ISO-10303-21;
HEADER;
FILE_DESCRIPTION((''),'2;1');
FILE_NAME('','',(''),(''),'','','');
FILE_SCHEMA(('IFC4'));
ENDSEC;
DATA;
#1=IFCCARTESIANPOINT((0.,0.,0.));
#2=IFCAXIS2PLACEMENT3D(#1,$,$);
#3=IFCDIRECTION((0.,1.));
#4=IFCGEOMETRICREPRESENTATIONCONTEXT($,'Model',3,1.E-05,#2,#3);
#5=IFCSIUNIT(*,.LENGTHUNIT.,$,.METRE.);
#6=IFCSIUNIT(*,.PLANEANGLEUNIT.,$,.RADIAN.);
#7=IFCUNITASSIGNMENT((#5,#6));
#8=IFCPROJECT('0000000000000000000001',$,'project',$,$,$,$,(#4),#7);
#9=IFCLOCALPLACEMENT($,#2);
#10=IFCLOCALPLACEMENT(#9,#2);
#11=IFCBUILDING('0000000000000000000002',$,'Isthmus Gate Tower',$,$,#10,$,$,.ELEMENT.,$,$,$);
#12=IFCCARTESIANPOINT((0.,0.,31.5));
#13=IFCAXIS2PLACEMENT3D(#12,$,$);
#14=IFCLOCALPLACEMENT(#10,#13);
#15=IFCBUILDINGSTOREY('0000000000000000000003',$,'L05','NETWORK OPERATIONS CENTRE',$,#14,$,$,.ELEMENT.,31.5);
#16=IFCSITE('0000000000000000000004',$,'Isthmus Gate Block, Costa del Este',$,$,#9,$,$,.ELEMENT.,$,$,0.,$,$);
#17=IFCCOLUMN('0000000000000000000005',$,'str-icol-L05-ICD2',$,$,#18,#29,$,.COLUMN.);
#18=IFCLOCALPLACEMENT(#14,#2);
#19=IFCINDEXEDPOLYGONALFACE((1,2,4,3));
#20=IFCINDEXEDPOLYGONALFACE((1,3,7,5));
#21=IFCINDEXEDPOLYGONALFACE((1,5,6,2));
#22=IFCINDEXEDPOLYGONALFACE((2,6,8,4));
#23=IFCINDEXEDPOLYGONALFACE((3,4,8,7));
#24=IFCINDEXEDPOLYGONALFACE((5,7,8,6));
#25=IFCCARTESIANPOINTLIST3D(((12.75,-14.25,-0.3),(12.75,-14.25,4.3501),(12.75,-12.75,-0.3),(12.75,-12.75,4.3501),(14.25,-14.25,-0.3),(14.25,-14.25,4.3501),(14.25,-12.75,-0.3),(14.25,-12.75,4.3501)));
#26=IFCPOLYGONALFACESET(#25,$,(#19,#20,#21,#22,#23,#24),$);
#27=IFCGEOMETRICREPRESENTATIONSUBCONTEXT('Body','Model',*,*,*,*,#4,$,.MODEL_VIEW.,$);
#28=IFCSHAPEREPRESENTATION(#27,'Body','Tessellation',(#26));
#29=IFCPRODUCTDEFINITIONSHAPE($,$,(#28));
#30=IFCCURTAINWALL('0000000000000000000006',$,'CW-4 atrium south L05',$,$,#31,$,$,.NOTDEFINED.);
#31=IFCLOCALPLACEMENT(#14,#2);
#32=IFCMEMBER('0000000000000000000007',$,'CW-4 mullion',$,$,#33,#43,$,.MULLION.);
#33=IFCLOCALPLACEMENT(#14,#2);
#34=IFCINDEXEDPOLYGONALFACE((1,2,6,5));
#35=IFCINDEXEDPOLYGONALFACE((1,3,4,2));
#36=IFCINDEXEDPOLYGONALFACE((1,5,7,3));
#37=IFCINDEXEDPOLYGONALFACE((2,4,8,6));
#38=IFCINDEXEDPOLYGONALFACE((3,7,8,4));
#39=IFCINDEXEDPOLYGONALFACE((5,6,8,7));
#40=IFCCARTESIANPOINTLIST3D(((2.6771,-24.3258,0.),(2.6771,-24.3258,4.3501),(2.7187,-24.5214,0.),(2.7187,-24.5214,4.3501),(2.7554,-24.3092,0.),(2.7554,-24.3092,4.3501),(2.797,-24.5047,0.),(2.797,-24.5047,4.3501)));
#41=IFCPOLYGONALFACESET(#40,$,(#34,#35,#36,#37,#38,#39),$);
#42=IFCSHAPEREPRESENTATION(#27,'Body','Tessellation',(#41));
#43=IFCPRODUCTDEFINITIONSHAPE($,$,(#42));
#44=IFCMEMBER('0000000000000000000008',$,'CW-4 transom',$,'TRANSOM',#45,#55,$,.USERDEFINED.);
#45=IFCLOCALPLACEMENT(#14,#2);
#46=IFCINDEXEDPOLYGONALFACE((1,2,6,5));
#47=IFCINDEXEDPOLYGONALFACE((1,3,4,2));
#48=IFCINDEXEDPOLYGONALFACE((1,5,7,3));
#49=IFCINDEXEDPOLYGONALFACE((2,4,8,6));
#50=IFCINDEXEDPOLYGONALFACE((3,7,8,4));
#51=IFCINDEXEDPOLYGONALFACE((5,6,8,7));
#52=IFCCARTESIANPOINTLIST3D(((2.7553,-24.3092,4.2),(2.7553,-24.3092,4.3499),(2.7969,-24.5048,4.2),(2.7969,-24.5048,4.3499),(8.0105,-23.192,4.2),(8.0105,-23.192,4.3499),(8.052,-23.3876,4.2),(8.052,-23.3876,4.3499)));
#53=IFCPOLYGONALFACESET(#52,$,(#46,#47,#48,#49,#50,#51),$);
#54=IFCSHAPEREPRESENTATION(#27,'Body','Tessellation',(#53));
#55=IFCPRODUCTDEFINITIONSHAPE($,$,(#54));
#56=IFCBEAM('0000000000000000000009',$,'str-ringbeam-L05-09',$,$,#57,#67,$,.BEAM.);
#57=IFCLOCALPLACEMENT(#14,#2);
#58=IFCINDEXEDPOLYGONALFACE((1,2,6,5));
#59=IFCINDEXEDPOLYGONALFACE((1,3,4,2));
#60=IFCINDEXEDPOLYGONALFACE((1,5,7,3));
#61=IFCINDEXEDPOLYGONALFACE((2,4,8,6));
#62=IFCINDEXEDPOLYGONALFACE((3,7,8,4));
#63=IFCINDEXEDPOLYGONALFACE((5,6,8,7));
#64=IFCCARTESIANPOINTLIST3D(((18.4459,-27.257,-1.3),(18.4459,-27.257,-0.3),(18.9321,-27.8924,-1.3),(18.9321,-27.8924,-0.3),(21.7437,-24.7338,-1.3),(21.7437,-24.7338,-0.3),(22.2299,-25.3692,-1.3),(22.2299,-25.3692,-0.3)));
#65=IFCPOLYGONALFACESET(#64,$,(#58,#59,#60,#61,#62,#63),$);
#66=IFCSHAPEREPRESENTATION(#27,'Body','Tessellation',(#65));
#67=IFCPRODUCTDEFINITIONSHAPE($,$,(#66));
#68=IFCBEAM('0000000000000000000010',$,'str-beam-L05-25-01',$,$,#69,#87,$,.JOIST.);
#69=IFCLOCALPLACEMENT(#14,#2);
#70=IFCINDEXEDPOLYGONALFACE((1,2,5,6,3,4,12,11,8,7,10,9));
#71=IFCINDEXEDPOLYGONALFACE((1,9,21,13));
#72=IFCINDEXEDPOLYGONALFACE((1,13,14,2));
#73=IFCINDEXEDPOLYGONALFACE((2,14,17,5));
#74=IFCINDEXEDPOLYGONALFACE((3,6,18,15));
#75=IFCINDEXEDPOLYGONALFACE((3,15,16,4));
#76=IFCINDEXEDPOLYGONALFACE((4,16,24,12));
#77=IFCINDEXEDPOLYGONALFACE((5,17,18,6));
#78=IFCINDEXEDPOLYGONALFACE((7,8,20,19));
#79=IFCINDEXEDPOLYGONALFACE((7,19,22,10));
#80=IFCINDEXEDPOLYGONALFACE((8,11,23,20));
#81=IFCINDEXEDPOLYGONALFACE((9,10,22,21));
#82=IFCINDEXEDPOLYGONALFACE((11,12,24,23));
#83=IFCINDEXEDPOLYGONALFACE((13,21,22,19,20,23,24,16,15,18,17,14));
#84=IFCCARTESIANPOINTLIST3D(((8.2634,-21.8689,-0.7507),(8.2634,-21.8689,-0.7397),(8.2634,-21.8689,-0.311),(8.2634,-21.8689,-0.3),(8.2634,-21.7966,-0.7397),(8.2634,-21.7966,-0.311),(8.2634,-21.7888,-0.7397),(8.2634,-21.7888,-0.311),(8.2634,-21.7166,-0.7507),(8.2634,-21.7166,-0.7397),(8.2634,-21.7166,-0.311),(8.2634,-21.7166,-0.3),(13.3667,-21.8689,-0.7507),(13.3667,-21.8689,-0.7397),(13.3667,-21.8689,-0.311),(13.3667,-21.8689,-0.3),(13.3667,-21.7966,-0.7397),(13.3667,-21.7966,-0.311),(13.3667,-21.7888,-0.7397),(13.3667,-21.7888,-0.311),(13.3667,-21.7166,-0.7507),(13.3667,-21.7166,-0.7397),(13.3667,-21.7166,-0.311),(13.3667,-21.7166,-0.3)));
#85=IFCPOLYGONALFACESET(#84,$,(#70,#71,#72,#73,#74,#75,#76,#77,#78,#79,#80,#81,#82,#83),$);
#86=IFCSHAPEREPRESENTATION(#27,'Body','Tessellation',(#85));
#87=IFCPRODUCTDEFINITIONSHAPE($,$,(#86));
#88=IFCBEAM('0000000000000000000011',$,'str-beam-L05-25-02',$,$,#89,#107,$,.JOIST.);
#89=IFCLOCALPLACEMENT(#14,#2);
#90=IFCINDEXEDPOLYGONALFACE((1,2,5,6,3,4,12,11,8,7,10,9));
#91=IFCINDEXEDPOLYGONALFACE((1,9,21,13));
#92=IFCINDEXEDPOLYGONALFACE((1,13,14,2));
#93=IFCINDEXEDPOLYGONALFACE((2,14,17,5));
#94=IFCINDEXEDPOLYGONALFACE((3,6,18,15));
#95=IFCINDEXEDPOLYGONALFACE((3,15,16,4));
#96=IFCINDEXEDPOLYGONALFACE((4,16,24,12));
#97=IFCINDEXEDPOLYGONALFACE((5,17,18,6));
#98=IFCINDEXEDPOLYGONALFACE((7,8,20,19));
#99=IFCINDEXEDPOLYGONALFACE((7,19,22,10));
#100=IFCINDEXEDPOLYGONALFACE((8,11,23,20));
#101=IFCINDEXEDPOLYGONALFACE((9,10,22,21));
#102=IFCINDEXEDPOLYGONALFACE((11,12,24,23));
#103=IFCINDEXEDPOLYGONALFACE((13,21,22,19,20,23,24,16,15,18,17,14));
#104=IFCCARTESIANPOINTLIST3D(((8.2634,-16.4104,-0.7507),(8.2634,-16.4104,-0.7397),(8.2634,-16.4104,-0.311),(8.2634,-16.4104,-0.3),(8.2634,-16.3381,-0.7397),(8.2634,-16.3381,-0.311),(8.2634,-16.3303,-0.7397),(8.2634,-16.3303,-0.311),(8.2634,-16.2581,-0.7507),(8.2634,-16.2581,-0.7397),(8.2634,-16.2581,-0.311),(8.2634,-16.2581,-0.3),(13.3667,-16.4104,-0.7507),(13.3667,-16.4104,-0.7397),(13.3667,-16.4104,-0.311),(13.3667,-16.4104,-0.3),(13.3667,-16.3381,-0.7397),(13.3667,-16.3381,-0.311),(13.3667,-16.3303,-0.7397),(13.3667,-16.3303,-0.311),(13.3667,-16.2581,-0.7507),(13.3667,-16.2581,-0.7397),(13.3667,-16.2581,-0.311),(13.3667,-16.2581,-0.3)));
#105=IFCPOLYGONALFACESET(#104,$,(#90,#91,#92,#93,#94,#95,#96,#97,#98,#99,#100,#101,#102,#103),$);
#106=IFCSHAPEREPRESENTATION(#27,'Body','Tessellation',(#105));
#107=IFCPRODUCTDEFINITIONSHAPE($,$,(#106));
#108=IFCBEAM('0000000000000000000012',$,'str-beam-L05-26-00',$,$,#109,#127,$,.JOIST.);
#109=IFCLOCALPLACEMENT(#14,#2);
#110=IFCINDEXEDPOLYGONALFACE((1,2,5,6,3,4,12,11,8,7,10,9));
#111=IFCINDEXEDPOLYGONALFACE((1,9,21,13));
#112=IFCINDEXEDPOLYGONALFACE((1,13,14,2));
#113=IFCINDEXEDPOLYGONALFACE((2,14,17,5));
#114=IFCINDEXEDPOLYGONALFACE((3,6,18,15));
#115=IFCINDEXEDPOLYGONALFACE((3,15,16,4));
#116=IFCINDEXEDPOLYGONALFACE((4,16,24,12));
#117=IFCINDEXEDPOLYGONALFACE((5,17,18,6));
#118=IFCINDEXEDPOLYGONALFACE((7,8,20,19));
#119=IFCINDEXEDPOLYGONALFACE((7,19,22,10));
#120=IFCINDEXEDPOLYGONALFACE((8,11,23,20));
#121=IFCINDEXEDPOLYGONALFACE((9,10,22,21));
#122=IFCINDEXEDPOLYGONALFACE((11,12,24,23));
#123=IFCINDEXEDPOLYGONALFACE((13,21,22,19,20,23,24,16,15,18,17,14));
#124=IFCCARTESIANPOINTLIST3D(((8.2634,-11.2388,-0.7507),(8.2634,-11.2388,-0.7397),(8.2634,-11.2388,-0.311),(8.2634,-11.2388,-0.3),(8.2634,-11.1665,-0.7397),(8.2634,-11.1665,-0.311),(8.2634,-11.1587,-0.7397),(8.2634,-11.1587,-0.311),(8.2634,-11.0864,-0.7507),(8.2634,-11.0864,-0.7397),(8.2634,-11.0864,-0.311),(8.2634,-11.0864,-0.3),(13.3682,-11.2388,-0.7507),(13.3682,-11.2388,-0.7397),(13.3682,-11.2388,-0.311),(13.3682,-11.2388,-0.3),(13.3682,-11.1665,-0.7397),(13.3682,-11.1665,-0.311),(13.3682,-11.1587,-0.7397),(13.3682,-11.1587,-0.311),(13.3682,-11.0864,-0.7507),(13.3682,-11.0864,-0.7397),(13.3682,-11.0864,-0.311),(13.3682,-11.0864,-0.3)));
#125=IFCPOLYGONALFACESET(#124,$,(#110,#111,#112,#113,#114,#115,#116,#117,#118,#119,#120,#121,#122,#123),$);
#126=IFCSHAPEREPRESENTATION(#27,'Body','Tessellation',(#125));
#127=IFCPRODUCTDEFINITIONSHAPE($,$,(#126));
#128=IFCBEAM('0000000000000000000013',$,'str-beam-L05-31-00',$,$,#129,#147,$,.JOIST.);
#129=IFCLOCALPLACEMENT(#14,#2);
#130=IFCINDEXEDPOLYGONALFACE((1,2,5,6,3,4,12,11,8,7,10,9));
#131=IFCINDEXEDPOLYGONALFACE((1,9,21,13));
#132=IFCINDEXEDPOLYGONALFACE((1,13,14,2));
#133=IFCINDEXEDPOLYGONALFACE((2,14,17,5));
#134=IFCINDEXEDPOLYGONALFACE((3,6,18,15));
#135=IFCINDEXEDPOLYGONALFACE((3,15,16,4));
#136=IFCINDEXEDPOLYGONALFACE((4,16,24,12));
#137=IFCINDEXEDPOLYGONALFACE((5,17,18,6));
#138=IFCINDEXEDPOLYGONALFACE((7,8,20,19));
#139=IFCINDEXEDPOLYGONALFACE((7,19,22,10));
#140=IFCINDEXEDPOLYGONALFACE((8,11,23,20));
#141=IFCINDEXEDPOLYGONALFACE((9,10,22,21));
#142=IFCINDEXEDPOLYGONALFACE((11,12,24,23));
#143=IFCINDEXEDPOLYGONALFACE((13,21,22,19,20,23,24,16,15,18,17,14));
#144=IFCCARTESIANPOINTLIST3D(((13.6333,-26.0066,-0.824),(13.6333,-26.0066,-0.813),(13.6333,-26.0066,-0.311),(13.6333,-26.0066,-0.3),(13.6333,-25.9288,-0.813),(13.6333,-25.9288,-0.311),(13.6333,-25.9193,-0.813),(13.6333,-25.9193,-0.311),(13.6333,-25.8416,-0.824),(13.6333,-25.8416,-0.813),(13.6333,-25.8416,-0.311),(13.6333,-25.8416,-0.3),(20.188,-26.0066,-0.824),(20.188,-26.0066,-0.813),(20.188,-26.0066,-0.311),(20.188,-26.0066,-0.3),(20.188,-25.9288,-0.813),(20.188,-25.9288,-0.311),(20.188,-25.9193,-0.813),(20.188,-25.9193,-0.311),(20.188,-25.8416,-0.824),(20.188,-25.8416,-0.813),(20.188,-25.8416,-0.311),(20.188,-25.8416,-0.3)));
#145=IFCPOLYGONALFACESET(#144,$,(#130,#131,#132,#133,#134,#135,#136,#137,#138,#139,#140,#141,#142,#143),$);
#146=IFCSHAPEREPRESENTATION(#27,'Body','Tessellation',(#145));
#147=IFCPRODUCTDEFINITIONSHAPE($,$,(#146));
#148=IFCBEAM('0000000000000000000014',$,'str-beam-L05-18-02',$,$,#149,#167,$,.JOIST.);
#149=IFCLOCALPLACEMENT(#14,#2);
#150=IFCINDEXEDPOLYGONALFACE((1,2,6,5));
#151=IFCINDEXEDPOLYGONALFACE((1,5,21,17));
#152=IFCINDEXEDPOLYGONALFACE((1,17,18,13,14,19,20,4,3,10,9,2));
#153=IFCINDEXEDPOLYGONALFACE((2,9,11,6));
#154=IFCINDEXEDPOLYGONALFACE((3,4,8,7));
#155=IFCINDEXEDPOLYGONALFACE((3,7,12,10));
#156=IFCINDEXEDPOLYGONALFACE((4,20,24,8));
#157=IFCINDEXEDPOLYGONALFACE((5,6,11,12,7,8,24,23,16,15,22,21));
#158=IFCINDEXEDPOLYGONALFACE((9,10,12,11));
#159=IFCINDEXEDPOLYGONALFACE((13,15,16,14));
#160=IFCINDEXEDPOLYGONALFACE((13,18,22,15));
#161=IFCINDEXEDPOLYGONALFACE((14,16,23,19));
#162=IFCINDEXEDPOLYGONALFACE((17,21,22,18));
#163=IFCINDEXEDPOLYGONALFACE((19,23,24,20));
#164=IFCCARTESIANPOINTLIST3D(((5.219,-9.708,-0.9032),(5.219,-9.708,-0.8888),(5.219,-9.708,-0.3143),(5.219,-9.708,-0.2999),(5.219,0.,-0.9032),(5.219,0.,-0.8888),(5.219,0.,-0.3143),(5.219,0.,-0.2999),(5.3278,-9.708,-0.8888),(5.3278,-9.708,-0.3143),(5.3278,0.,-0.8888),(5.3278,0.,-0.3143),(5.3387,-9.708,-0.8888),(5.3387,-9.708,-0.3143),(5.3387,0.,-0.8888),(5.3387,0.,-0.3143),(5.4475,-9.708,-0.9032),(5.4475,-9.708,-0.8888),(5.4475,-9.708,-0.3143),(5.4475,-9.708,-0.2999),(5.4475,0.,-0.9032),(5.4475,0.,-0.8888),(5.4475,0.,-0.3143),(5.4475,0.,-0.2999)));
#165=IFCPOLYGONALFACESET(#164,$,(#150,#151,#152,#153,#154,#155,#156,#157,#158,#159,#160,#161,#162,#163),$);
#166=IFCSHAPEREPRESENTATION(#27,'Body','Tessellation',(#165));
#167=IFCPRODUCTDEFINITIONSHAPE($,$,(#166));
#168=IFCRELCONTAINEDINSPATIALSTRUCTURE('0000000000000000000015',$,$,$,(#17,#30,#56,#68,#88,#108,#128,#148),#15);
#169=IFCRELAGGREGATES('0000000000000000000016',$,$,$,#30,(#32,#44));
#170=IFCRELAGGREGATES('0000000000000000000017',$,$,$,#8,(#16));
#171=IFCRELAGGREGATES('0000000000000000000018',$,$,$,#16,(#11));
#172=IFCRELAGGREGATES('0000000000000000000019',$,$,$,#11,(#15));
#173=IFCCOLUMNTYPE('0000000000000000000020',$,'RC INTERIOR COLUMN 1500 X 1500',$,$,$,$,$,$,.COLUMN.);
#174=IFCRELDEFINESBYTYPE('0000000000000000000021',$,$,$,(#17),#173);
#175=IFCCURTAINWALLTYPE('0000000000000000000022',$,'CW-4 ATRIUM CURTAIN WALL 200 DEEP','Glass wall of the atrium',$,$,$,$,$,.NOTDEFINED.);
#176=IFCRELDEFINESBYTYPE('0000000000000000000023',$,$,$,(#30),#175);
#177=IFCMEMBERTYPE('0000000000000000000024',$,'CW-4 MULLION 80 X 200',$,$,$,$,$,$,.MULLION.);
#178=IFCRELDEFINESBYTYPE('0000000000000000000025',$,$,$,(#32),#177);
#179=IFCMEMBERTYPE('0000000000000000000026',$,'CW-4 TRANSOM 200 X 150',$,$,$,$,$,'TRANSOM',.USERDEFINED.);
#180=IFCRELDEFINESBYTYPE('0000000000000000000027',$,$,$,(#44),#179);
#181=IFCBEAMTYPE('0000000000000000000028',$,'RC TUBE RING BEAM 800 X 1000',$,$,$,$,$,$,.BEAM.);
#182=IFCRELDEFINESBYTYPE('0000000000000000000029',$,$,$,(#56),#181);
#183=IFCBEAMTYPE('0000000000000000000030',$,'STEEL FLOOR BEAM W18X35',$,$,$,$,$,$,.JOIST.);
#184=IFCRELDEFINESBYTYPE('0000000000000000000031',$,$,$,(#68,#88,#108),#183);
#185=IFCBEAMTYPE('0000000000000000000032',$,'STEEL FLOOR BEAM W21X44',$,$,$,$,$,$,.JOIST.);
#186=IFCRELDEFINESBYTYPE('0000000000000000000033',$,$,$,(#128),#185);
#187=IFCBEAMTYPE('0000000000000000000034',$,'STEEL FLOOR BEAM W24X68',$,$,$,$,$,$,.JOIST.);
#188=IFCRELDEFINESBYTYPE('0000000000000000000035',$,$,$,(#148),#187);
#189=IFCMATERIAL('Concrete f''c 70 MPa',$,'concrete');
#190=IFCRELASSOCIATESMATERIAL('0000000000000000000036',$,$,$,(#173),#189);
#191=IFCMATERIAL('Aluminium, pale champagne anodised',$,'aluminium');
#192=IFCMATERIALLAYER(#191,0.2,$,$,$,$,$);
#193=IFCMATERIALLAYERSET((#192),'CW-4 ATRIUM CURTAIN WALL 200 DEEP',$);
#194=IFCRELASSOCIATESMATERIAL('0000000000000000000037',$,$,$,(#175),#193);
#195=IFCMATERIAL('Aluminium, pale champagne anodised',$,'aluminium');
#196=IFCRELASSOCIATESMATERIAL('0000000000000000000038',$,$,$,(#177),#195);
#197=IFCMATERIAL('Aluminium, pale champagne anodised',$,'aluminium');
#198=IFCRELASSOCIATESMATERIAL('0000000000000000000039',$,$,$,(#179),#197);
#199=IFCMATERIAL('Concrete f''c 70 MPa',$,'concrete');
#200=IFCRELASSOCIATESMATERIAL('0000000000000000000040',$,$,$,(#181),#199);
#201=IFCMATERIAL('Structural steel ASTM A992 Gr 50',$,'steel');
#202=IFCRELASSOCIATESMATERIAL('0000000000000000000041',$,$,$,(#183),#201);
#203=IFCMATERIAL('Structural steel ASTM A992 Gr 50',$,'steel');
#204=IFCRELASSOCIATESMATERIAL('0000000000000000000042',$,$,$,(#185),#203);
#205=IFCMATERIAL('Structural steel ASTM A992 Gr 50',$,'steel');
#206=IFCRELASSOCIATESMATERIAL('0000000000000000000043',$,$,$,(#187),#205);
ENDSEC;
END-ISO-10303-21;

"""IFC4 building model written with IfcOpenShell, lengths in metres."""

from ifc_helpers import new_model, si_unit, direction, frame, origin, origin_2d, place, context, subcontext, project, spatial, rectangle, i_section, extrude, material, layer, layer_set, material_profile, profile_set, type_object, element, aggregate, save


model = new_model("IFC4")

# Units and contexts
model_context = context("Model", 3, precision=1e-05, world=origin(), true_north=direction((0.0, 1.0)))
body_context = subcontext(model_context, "Body", "Model", "MODEL_VIEW")
ifc_project = project(units=[si_unit("LENGTHUNIT", "METRE"), si_unit("PLANEANGLEUNIT", "RADIAN")], contexts=[model_context])

# Site, building, storey
site_placement = place(None, origin())
site = spatial("IfcSite", under=ifc_project, at=site_placement, Name="Isthmus Gate Block, Costa del Este", CompositionType="ELEMENT", RefElevation=0.0)
building_placement = place(site_placement, origin())
building = spatial("IfcBuilding", under=site, at=building_placement, Name="Isthmus Gate Tower", CompositionType="ELEMENT")
storey_placement = place(building_placement, frame((0.0, 0.0, 31.5)))
storey = spatial("IfcBuildingStorey", under=building, at=storey_placement, Name="L05", Description="NETWORK OPERATIONS CENTRE", CompositionType="ELEMENT", Elevation=31.5)

# Column
ifc_material_1 = material(Name="Concrete f'c 70 MPa", Category="concrete")
ifc_material_profile_1 = material_profile(ifc_material_1, rectangle(XDim=1.5, YDim=1.5, at=origin_2d()), Name="RC 1500X1500")
ifc_profile_set_1 = profile_set([ifc_material_profile_1], Name="Concrete f'c 70 MPa")
column_type = type_object("IfcColumnType", Name="RC INTERIOR COLUMN 1500 X 1500", PredefinedType="COLUMN", material=ifc_profile_set_1)
column_placement = place(storey_placement, frame((13.5, -13.5, -0.3), z_axis=(0.0, 0.0, 1.0), x_axis=(1.0, 0.0, 0.0)))
element("IfcColumn", 1, at=column_placement, inside=storey, type_object=column_type, Name="str-icol-L05-ICD2", PredefinedType="COLUMN", context=body_context, shape_type="SweptSolid", body=[
    extrude(rectangle(XDim=1.5, YDim=1.5, at=origin_2d()), origin(), (0.0, 0.0, 1.0), 4.6501),
])

# Curtain wall, members
ifc_material_2 = material(Name="Aluminium, pale champagne anodised", Category="aluminium")
ifc_layer_1 = layer(ifc_material_2, 0.2)
ifc_layer_set_1 = layer_set([ifc_layer_1], Name="CW-4 ATRIUM CURTAIN WALL 200 DEEP")
curtain_wall_type = type_object("IfcCurtainWallType", Name="CW-4 ATRIUM CURTAIN WALL 200 DEEP", Description="Glass wall of the atrium", PredefinedType="NOTDEFINED", material=ifc_layer_set_1)
curtain_wall_placement = place(storey_placement, origin())
curtain_wall = element("IfcCurtainWall", 2, at=curtain_wall_placement, inside=storey, type_object=curtain_wall_type, Name="CW-4 atrium south L05", PredefinedType="NOTDEFINED")
ifc_material_3 = material(Name="Aluminium, pale champagne anodised", Category="aluminium")
ifc_material_profile_2 = material_profile(ifc_material_3, rectangle(XDim=0.0801, YDim=0.2, at=origin_2d()), Name="80x200")
ifc_profile_set_2 = profile_set([ifc_material_profile_2], Name="Aluminium, pale champagne anodised")
member_type_1 = type_object("IfcMemberType", Name="CW-4 MULLION 80 X 200", PredefinedType="MULLION", material=ifc_profile_set_2)
member_1_placement = place(storey_placement, frame((2.7371, -24.4153, 0.0), z_axis=(0.0, 0.0, 1.0), x_axis=(0.978148, 0.207912, 0.0)))
member_1 = element("IfcMember", 3, at=member_1_placement, type_object=member_type_1, Name="CW-4 mullion", PredefinedType="MULLION", context=body_context, shape_type="SweptSolid", body=[
    extrude(rectangle(XDim=0.0801, YDim=0.2, at=origin_2d()), origin(), (0.0, 0.0, 1.0), 4.3501),
])
ifc_material_4 = material(Name="Aluminium, pale champagne anodised", Category="aluminium")
ifc_material_profile_3 = material_profile(ifc_material_4, rectangle(XDim=0.2, YDim=0.1499, at=origin_2d()), Name="200x150")
ifc_profile_set_3 = profile_set([ifc_material_profile_3], Name="Aluminium, pale champagne anodised")
member_type_2 = type_object("IfcMemberType", Name="CW-4 TRANSOM 200 X 150", ElementType="TRANSOM", PredefinedType="USERDEFINED", material=ifc_profile_set_3)
member_2_placement = place(storey_placement, frame((2.7761, -24.407, 4.2749), z_axis=(0.978141, 0.207943, 0.0), x_axis=(-0.207943, 0.978141, 0.0)))
member_2 = element("IfcMember", 4, at=member_2_placement, type_object=member_type_2, Name="CW-4 transom", ObjectType="TRANSOM", PredefinedType="USERDEFINED", context=body_context, shape_type="SweptSolid", body=[
    extrude(rectangle(XDim=0.2, YDim=0.1499, at=origin_2d()), origin(), (0.0, 0.0, 1.0), 5.3726),
])

# Beams
ifc_material_5 = material(Name="Concrete f'c 70 MPa", Category="concrete")
ifc_material_profile_4 = material_profile(ifc_material_5, rectangle(XDim=0.8, YDim=1.0, at=origin_2d()), Name="RC 800X1000")
ifc_profile_set_4 = profile_set([ifc_material_profile_4], Name="Concrete f'c 70 MPa")
beam_type_1 = type_object("IfcBeamType", Name="RC TUBE RING BEAM 800 X 1000", PredefinedType="BEAM", material=ifc_profile_set_4)
beam_1_placement = place(storey_placement, frame((21.9868, -25.0515, -0.8), z_axis=(-0.794206, -0.607649, 0.0), x_axis=(0.607649, -0.794206, 0.0)))
element("IfcBeam", 5, at=beam_1_placement, inside=storey, type_object=beam_type_1, Name="str-ringbeam-L05-09", PredefinedType="BEAM", context=body_context, shape_type="SweptSolid", body=[
    extrude(rectangle(XDim=0.8, YDim=1.0, at=origin_2d()), origin(), (0.0, 0.0, 1.0), 4.1523),
])
ifc_material_6 = material(Name="Structural steel ASTM A992 Gr 50", Category="steel")
ifc_material_profile_5 = material_profile(ifc_material_6, i_section(OverallWidth=0.1523, OverallDepth=0.4507, WebThickness=0.0078, FlangeThickness=0.011, at=origin_2d()), Name="W18X35")
ifc_profile_set_5 = profile_set([ifc_material_profile_5], Name="Structural steel ASTM A992 Gr 50")
beam_type_2 = type_object("IfcBeamType", Name="STEEL FLOOR BEAM W18X35", PredefinedType="JOIST", material=ifc_profile_set_5)
for number, where, z_axis, x_axis, name in (
    (6, (8.2634, -21.7927, -0.5254), (1.0, 0.0, 0.0), (0.0, 1.0, 0.0), "str-beam-L05-25-01"),
    (7, (8.2634, -16.3342, -0.5254), (1.0, 0.0, 0.0), (0.0, 1.0, 0.0), "str-beam-L05-25-02"),
):
    element("IfcBeam", number, at=place(storey_placement, frame(where, z_axis=z_axis, x_axis=x_axis)), inside=storey, type_object=beam_type_2, Name=name, PredefinedType="JOIST", context=body_context, shape_type="SweptSolid", body=[
        extrude(i_section(OverallWidth=0.1523, OverallDepth=0.4507, WebThickness=0.0078, FlangeThickness=0.011, at=origin_2d()), origin(), (0.0, 0.0, 1.0), 5.1033),
    ])
beam_2_placement = place(storey_placement, frame((8.2634, -11.1626, -0.5254), z_axis=(1.0, 0.0, 0.0), x_axis=(0.0, 1.0, 0.0)))
element("IfcBeam", 8, at=beam_2_placement, inside=storey, type_object=beam_type_2, Name="str-beam-L05-26-00", PredefinedType="JOIST", context=body_context, shape_type="SweptSolid", body=[
    extrude(i_section(OverallWidth=0.1523, OverallDepth=0.4507, WebThickness=0.0078, FlangeThickness=0.011, at=origin_2d()), origin(), (0.0, 0.0, 1.0), 5.1047),
])
ifc_material_7 = material(Name="Structural steel ASTM A992 Gr 50", Category="steel")
ifc_material_profile_6 = material_profile(ifc_material_7, i_section(OverallWidth=0.165, OverallDepth=0.5239, WebThickness=0.0095, FlangeThickness=0.011, at=origin_2d()), Name="W21X44")
ifc_profile_set_6 = profile_set([ifc_material_profile_6], Name="Structural steel ASTM A992 Gr 50")
beam_type_3 = type_object("IfcBeamType", Name="STEEL FLOOR BEAM W21X44", PredefinedType="JOIST", material=ifc_profile_set_6)
beam_3_placement = place(storey_placement, frame((13.6333, -25.9241, -0.562), z_axis=(1.0, 0.0, 0.0), x_axis=(0.0, 1.0, 0.0)))
element("IfcBeam", 9, at=beam_3_placement, inside=storey, type_object=beam_type_3, Name="str-beam-L05-31-00", PredefinedType="JOIST", context=body_context, shape_type="SweptSolid", body=[
    extrude(i_section(OverallWidth=0.165, OverallDepth=0.5239, WebThickness=0.0095, FlangeThickness=0.011, at=origin_2d()), origin(), (0.0, 0.0, 1.0), 6.5547),
])
ifc_material_8 = material(Name="Structural steel ASTM A992 Gr 50", Category="steel")
ifc_material_profile_7 = material_profile(ifc_material_8, i_section(OverallWidth=0.2285, OverallDepth=0.6033, WebThickness=0.011, FlangeThickness=0.0144, at=origin_2d()), Name="W24X68")
ifc_profile_set_7 = profile_set([ifc_material_profile_7], Name="Structural steel ASTM A992 Gr 50")
beam_type_4 = type_object("IfcBeamType", Name="STEEL FLOOR BEAM W24X68", PredefinedType="JOIST", material=ifc_profile_set_7)
beam_4_placement = place(storey_placement, frame((5.3333, -9.708, -0.6016), z_axis=(0.0, 1.0, 0.0), x_axis=(-1.0, 0.0, 0.0)))
element("IfcBeam", 10, at=beam_4_placement, inside=storey, type_object=beam_type_4, Name="str-beam-L05-18-02", PredefinedType="JOIST", context=body_context, shape_type="SweptSolid", body=[
    extrude(i_section(OverallWidth=0.2285, OverallDepth=0.6033, WebThickness=0.011, FlangeThickness=0.0144, at=origin_2d()), origin(), (0.0, 0.0, 1.0), 9.708),
])

aggregate(curtain_wall, [member_1, member_2])

save(model, "model.ifc")
